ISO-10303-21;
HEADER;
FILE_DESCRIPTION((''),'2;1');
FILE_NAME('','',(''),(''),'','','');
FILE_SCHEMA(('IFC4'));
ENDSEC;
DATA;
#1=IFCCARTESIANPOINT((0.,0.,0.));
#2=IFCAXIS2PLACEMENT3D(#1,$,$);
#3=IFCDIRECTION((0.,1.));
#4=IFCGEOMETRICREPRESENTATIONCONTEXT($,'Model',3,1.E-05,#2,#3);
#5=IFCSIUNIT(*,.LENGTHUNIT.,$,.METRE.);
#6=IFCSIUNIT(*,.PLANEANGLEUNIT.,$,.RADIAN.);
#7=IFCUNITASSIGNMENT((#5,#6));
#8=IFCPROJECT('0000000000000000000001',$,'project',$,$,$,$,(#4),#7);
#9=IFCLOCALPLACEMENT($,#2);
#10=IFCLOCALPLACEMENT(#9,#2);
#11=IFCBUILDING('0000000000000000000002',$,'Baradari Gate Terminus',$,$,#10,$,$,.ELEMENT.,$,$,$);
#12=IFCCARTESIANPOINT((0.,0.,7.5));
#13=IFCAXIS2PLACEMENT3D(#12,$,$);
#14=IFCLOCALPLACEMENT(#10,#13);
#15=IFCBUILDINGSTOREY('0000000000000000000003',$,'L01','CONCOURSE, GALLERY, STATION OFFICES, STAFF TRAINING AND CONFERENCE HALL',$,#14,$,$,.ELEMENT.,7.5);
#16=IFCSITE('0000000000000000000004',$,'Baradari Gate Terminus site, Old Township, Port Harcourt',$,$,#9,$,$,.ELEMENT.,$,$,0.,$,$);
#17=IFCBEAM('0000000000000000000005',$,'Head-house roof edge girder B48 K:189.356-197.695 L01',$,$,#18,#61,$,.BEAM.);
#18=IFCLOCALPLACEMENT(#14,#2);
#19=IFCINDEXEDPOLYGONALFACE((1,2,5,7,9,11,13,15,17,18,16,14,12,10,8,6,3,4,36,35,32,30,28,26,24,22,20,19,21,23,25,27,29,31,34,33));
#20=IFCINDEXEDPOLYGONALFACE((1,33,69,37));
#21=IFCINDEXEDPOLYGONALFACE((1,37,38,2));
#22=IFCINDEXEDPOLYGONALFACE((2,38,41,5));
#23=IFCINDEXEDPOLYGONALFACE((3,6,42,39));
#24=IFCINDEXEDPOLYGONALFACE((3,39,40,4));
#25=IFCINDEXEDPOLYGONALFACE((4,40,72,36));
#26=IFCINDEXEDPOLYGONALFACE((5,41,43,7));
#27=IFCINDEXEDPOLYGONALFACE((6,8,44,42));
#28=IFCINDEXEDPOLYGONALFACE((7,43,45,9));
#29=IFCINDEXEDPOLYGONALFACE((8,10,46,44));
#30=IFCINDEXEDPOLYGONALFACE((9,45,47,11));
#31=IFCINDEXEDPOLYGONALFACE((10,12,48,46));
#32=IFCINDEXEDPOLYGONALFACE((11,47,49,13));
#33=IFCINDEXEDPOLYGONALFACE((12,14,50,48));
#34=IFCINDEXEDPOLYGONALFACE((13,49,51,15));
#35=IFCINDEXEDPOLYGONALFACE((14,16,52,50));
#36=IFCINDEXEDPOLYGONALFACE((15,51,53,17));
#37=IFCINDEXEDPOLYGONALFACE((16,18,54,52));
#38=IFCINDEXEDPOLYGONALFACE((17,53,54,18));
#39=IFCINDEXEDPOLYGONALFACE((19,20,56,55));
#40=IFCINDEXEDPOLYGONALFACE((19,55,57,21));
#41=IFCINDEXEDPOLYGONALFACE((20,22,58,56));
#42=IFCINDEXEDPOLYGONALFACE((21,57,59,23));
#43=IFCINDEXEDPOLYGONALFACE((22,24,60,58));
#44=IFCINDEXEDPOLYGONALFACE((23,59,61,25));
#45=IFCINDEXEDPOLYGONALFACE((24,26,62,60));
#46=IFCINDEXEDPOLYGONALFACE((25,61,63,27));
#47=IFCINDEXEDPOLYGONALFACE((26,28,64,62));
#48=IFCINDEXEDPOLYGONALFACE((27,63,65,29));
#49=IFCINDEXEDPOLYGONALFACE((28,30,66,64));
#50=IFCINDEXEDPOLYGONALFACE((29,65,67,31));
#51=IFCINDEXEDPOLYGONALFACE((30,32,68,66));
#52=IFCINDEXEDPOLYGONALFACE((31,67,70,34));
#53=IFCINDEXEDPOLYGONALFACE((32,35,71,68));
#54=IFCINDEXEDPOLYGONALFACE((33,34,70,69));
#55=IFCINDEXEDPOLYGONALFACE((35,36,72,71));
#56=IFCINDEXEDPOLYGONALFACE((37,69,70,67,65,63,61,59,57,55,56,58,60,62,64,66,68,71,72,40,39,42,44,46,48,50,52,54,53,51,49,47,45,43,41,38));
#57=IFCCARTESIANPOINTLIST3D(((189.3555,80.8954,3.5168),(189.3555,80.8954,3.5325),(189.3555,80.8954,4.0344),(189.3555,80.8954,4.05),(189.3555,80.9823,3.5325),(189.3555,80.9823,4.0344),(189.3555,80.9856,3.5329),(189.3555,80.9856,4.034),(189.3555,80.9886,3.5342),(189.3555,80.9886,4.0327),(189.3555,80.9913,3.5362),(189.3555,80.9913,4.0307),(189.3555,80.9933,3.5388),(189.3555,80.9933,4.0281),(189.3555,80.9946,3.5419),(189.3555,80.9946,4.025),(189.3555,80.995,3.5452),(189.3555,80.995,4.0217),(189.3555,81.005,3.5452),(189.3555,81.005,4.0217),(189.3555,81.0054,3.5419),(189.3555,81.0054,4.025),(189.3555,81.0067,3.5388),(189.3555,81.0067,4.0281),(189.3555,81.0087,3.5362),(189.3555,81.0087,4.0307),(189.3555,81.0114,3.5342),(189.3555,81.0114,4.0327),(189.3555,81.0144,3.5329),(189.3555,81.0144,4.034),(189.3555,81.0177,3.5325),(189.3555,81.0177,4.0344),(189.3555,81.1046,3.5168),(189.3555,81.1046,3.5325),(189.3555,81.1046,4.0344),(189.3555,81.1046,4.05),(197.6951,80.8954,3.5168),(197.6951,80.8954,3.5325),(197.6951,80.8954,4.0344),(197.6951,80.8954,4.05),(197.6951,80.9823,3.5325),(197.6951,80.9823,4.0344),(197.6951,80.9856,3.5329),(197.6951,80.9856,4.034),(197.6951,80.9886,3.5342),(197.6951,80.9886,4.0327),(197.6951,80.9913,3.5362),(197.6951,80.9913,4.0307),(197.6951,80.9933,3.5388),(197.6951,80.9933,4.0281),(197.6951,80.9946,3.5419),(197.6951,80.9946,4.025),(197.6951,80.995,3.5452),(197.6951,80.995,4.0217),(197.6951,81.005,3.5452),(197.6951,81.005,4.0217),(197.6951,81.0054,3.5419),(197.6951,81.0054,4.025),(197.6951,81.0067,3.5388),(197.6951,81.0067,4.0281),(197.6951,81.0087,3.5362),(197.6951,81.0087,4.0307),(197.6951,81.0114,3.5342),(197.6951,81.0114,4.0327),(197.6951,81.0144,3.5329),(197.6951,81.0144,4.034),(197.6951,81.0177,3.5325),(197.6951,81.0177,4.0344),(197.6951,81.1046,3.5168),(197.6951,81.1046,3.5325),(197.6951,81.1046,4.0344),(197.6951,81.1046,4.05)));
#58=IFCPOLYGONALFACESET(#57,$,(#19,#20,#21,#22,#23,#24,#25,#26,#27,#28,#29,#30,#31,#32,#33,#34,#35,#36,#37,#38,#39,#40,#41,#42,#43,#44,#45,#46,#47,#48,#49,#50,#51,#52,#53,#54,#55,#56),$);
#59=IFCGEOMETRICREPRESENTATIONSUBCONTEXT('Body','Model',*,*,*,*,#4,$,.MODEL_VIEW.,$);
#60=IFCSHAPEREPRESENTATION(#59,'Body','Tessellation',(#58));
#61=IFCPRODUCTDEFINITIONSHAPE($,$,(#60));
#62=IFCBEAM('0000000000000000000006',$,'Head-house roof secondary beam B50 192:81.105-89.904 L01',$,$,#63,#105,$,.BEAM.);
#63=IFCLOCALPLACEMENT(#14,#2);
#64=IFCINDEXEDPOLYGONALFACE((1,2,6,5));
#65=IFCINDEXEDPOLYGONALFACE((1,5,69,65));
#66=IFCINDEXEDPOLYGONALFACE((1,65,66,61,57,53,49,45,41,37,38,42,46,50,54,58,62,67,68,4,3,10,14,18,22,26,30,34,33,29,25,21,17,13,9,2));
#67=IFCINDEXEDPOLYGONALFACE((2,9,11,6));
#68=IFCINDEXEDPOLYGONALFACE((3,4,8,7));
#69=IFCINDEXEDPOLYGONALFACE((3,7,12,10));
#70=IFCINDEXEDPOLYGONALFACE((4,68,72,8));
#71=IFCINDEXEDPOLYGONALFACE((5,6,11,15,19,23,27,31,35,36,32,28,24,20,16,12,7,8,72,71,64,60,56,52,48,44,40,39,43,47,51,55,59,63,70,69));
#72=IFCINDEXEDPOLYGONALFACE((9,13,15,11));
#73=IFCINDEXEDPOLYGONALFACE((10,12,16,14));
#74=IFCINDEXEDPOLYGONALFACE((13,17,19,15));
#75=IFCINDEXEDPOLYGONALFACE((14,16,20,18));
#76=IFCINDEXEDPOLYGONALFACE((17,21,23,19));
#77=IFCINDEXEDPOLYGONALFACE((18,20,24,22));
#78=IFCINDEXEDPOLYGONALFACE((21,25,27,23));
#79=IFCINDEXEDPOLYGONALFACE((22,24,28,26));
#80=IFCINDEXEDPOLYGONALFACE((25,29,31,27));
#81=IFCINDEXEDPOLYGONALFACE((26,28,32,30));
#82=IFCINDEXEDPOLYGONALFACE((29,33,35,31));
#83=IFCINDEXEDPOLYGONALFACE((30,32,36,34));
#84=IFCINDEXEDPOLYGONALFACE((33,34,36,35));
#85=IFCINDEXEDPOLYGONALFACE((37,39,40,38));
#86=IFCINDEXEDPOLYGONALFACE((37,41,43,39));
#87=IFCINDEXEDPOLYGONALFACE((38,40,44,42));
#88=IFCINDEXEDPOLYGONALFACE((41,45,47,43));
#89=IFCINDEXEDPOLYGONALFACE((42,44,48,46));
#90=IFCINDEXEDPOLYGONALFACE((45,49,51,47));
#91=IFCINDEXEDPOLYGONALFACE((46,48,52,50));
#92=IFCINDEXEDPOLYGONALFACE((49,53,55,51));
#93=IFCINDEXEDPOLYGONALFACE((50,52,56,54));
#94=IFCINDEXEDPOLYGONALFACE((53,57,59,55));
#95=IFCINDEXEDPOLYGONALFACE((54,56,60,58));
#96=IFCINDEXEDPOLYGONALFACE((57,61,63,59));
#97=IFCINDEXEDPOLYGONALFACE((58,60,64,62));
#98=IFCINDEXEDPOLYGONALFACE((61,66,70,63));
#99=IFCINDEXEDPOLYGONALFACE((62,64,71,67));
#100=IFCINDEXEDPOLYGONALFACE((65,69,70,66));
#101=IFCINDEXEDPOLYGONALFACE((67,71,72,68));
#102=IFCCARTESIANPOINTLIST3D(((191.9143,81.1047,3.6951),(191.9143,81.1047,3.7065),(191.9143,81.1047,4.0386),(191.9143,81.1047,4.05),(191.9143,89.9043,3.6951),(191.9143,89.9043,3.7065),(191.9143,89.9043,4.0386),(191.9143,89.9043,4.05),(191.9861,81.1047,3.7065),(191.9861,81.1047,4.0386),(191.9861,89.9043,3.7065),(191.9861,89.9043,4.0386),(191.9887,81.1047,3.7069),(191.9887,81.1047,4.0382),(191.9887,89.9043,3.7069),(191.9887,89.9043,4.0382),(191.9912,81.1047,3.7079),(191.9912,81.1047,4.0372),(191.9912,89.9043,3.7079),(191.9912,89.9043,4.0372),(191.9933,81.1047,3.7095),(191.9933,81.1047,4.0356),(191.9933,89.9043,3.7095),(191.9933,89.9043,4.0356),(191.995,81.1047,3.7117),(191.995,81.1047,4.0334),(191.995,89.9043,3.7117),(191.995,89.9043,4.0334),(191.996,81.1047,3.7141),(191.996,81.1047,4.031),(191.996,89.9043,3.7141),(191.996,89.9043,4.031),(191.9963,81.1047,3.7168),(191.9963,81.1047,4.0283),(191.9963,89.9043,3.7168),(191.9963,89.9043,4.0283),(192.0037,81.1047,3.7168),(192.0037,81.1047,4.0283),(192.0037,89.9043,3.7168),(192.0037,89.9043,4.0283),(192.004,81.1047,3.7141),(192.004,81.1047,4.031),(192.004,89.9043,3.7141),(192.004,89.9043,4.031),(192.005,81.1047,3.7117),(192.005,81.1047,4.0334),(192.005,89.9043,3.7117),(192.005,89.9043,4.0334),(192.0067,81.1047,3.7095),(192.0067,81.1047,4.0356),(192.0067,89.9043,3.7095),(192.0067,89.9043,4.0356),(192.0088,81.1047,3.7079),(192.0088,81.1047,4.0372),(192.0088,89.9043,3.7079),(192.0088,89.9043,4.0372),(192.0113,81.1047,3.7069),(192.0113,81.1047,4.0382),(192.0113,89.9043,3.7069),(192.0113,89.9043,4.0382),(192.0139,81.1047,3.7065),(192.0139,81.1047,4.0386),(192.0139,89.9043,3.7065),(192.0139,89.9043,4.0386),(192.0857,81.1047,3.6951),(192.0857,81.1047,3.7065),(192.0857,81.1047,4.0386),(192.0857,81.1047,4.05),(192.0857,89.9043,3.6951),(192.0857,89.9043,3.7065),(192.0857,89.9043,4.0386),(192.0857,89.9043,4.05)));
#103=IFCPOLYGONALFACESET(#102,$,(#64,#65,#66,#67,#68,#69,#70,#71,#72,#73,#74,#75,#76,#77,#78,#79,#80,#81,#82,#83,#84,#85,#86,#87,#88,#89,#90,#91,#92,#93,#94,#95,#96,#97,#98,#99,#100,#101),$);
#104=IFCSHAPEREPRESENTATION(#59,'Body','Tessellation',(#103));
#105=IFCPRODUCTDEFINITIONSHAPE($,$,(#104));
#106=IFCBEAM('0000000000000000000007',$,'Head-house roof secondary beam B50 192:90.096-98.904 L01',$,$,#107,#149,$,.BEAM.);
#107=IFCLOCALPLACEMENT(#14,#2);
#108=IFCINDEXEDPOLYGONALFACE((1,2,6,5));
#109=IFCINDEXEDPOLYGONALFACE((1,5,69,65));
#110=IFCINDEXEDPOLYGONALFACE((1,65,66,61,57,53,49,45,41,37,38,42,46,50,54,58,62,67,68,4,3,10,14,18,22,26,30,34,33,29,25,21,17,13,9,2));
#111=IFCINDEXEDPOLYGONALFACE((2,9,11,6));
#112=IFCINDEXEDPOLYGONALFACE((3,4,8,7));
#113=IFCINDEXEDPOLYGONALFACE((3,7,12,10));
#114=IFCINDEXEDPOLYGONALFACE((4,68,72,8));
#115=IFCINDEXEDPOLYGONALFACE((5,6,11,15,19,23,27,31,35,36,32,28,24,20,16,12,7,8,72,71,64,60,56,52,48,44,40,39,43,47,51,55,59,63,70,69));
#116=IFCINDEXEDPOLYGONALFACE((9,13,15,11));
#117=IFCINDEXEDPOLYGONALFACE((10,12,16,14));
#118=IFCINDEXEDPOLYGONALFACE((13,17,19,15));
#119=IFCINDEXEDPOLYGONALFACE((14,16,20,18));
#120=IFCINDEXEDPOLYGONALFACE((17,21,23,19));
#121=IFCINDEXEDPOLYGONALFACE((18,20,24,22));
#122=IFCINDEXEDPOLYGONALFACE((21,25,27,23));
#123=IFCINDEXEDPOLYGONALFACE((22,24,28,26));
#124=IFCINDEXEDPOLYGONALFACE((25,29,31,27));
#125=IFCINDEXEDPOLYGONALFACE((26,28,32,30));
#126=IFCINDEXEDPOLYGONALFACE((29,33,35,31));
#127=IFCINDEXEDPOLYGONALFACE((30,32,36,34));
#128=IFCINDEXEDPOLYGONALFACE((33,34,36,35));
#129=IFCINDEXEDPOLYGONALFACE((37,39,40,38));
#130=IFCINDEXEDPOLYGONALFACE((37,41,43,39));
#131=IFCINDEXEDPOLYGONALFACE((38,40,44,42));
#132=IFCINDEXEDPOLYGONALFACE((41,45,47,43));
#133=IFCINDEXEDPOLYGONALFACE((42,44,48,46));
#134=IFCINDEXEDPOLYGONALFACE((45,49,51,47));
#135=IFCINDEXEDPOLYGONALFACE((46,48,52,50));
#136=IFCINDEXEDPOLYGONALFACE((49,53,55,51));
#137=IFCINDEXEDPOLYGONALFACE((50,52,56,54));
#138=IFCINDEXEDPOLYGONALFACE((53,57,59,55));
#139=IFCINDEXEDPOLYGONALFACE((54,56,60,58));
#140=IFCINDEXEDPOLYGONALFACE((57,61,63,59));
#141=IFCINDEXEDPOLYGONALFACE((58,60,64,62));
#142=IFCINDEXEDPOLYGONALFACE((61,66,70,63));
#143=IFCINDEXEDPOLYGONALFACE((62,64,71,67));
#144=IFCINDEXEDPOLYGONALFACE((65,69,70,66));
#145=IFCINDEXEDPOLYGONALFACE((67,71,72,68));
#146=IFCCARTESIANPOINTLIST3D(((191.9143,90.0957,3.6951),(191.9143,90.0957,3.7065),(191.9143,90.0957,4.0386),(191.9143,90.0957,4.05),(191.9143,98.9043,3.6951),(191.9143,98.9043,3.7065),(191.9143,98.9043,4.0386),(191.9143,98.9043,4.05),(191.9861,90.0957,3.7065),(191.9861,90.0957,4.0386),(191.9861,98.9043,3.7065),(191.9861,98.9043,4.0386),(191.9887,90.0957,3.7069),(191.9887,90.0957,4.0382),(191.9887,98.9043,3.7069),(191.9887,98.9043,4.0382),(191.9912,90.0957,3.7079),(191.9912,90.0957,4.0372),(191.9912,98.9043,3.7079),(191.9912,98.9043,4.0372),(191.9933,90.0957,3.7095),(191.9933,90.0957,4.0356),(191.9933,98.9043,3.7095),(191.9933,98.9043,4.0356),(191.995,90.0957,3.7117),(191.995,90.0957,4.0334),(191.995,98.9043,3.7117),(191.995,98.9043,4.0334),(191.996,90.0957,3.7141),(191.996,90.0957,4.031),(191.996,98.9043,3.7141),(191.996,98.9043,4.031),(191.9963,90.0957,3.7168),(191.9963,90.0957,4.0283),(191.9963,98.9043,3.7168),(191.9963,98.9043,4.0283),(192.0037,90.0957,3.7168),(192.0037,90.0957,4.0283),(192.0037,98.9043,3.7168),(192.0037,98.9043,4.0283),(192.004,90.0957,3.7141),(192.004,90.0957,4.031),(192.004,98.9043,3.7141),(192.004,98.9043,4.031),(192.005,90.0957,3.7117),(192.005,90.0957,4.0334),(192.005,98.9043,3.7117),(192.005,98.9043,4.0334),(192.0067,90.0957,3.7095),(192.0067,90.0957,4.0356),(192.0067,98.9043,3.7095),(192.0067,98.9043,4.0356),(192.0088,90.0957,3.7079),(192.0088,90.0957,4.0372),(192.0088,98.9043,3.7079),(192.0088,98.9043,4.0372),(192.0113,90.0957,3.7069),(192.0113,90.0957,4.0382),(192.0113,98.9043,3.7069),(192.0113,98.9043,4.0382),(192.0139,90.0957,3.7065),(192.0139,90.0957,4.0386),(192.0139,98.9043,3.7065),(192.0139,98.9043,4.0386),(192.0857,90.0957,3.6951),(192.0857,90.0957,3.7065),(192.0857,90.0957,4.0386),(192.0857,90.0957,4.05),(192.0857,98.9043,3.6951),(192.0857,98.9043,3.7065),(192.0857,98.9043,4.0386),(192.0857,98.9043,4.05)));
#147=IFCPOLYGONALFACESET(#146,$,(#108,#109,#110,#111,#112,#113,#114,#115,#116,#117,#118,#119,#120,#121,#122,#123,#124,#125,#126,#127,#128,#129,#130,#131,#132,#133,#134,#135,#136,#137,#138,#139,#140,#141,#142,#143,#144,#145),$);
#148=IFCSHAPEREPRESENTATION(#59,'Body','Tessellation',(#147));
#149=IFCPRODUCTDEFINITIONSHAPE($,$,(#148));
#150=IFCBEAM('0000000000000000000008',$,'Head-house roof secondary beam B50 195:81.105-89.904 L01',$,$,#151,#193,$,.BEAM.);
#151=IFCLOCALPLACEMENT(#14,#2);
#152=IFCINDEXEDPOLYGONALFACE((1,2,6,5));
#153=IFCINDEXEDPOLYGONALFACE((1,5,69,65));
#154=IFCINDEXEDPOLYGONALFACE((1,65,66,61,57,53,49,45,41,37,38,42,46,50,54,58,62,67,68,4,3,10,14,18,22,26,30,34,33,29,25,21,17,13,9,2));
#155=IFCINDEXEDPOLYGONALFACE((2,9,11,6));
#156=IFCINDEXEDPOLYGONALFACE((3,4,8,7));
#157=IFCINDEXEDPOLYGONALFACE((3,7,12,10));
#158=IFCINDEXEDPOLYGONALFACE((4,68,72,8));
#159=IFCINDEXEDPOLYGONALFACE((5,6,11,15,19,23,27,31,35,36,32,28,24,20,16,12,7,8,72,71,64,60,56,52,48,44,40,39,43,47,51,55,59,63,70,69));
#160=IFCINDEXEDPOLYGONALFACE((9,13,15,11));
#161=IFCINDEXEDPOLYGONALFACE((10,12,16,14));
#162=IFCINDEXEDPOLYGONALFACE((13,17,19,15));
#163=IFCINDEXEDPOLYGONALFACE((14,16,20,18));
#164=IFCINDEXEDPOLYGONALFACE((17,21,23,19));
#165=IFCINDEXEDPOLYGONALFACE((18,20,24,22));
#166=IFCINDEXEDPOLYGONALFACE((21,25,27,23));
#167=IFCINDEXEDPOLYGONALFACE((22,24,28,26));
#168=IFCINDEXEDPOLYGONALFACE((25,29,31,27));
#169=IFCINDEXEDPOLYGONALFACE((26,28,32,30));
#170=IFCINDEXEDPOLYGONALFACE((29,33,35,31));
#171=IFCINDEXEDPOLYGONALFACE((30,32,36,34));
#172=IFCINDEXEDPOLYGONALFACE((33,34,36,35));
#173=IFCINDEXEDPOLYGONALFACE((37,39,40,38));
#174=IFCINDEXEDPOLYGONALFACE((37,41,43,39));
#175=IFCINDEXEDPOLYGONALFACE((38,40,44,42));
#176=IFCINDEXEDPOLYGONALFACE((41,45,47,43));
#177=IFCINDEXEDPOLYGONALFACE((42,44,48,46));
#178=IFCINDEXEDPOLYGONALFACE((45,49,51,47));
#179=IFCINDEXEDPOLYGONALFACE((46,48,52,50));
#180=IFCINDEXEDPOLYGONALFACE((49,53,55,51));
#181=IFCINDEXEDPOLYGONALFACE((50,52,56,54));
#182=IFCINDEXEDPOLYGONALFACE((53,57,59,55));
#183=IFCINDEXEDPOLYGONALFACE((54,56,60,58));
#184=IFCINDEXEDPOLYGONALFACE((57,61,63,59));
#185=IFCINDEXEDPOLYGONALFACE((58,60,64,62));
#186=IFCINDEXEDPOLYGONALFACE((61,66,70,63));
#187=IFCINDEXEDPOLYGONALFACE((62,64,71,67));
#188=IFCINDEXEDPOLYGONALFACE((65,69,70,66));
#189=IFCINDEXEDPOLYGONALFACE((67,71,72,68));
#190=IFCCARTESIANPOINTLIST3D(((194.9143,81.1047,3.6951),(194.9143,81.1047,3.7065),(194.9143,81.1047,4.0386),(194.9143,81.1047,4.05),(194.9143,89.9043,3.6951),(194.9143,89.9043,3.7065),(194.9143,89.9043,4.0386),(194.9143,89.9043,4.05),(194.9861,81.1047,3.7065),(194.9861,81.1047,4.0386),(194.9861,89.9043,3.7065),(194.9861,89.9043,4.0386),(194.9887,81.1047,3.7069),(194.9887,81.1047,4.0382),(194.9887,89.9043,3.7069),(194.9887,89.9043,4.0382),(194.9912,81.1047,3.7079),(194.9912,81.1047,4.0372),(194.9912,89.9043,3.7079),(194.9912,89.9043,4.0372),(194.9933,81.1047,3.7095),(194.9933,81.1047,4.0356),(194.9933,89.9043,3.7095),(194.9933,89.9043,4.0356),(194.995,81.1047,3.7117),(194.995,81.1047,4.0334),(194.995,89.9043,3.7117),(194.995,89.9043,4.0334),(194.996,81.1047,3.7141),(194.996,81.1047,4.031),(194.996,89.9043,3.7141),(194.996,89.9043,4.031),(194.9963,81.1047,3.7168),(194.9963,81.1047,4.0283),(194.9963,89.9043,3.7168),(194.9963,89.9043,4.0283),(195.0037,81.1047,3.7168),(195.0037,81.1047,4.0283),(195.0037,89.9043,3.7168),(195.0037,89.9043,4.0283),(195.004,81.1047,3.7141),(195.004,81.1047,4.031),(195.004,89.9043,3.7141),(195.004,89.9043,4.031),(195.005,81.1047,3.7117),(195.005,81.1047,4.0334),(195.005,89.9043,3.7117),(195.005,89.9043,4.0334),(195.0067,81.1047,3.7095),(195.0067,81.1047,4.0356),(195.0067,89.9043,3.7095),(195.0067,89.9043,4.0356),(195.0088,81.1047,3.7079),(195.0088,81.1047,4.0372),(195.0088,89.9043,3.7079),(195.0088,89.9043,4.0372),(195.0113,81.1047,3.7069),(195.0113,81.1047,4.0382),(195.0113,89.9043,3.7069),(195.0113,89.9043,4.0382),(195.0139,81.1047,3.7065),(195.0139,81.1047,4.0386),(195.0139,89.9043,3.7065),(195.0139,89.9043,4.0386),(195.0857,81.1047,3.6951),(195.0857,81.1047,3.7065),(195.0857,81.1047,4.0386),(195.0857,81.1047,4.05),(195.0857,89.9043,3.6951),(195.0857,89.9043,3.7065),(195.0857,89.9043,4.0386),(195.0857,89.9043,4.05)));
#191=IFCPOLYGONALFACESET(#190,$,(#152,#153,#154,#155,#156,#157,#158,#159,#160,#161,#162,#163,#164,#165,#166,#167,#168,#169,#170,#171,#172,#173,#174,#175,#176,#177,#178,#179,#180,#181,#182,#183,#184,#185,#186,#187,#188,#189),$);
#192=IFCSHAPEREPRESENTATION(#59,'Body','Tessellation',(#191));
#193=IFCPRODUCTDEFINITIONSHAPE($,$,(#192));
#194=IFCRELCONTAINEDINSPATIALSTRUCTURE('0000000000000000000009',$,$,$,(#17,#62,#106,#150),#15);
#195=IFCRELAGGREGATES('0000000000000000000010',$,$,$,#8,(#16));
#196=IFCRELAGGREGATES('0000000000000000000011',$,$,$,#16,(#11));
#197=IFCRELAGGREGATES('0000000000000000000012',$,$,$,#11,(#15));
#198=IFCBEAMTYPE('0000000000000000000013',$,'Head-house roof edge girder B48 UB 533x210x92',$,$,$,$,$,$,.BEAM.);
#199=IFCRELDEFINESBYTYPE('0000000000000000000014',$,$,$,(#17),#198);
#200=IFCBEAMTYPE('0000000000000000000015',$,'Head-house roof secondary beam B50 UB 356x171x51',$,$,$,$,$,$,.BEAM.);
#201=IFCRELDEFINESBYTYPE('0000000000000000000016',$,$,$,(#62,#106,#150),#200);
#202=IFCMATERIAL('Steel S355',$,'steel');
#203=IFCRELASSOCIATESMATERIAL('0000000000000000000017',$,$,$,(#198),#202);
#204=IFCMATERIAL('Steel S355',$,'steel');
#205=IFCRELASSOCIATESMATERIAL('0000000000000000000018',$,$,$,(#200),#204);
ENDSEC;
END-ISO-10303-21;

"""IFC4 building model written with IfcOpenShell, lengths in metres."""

from ifc_helpers import new_model, si_unit, direction, frame, origin, origin_2d, place, context, subcontext, project, spatial, i_section, extrude, material, material_profile, profile_set, type_object, element, save


model = new_model("IFC4")

# Units and contexts
model_context = context("Model", 3, precision=1e-05, world=origin(), true_north=direction((0.0, 1.0)))
body_context = subcontext(model_context, "Body", "Model", "MODEL_VIEW")
ifc_project = project(units=[si_unit("LENGTHUNIT", "METRE"), si_unit("PLANEANGLEUNIT", "RADIAN")], contexts=[model_context])

# Site, building, storey
site_placement = place(None, origin())
site = spatial("IfcSite", under=ifc_project, at=site_placement, Name="Baradari Gate Terminus site, Old Township, Port Harcourt", CompositionType="ELEMENT", RefElevation=0.0)
building_placement = place(site_placement, origin())
building = spatial("IfcBuilding", under=site, at=building_placement, Name="Baradari Gate Terminus", CompositionType="ELEMENT")
storey_placement = place(building_placement, frame((0.0, 0.0, 7.5)))
storey = spatial("IfcBuildingStorey", under=building, at=storey_placement, Name="L01", Description="CONCOURSE, GALLERY, STATION OFFICES, STAFF TRAINING AND CONFERENCE HALL", CompositionType="ELEMENT", Elevation=7.5)

# Beams
ifc_material_1 = material(Name="Steel S355", Category="steel")
ifc_material_profile_1 = material_profile(ifc_material_1, i_section(OverallWidth=0.2092, OverallDepth=0.5332, WebThickness=0.01, FlangeThickness=0.0156, FilletRadius=0.0127, at=origin_2d()), Name="UB 533x210x92")
ifc_profile_set_1 = profile_set([ifc_material_profile_1], Name="Steel S355")
beam_type_1 = type_object("IfcBeamType", Name="Head-house roof edge girder B48 UB 533x210x92", PredefinedType="BEAM", material=ifc_profile_set_1)
beam_1_placement = place(storey_placement, frame((189.3555, 81.0, 3.7834), z_axis=(1.0, 0.0, 0.0), x_axis=(0.0, 1.0, 0.0)))
element("IfcBeam", 1, at=beam_1_placement, inside=storey, type_object=beam_type_1, Name="Head-house roof edge girder B48 K:189.356-197.695 L01", PredefinedType="BEAM", context=body_context, shape_type="SweptSolid", body=[
    extrude(i_section(OverallWidth=0.2092, OverallDepth=0.5332, WebThickness=0.01, FlangeThickness=0.0156, FilletRadius=0.0127, at=origin_2d()), origin(), (0.0, 0.0, 1.0), 8.3396),
])
ifc_material_2 = material(Name="Steel S355", Category="steel")
ifc_material_profile_2 = material_profile(ifc_material_2, i_section(OverallWidth=0.1714, OverallDepth=0.355, WebThickness=0.0073, FlangeThickness=0.0115, FilletRadius=0.0103, at=origin_2d()), Name="UB 356x171x51")
ifc_profile_set_2 = profile_set([ifc_material_profile_2], Name="Steel S355")
beam_type_2 = type_object("IfcBeamType", Name="Head-house roof secondary beam B50 UB 356x171x51", PredefinedType="BEAM", material=ifc_profile_set_2)
beam_2_placement = place(storey_placement, frame((192.0, 81.1047, 3.8726), z_axis=(0.0, 1.0, 0.0), x_axis=(-1.0, 0.0, 0.0)))
element("IfcBeam", 2, at=beam_2_placement, inside=storey, type_object=beam_type_2, Name="Head-house roof secondary beam B50 192:81.105-89.904 L01", PredefinedType="BEAM", context=body_context, shape_type="SweptSolid", body=[
    extrude(i_section(OverallWidth=0.1714, OverallDepth=0.355, WebThickness=0.0073, FlangeThickness=0.0115, FilletRadius=0.0103, at=origin_2d()), origin(), (0.0, 0.0, 1.0), 8.7996),
])
beam_3_placement = place(storey_placement, frame((192.0, 90.0957, 3.8726), z_axis=(0.0, 1.0, 0.0), x_axis=(-1.0, 0.0, 0.0)))
element("IfcBeam", 3, at=beam_3_placement, inside=storey, type_object=beam_type_2, Name="Head-house roof secondary beam B50 192:90.096-98.904 L01", PredefinedType="BEAM", context=body_context, shape_type="SweptSolid", body=[
    extrude(i_section(OverallWidth=0.1714, OverallDepth=0.355, WebThickness=0.0073, FlangeThickness=0.0115, FilletRadius=0.0103, at=origin_2d()), origin(), (0.0, 0.0, 1.0), 8.8086),
])
beam_4_placement = place(storey_placement, frame((195.0, 81.1047, 3.8726), z_axis=(0.0, 1.0, 0.0), x_axis=(-1.0, 0.0, 0.0)))
element("IfcBeam", 4, at=beam_4_placement, inside=storey, type_object=beam_type_2, Name="Head-house roof secondary beam B50 195:81.105-89.904 L01", PredefinedType="BEAM", context=body_context, shape_type="SweptSolid", body=[
    extrude(i_section(OverallWidth=0.1714, OverallDepth=0.355, WebThickness=0.0073, FlangeThickness=0.0115, FilletRadius=0.0103, at=origin_2d()), origin(), (0.0, 0.0, 1.0), 8.7996),
])

save(model, "model.ifc")
